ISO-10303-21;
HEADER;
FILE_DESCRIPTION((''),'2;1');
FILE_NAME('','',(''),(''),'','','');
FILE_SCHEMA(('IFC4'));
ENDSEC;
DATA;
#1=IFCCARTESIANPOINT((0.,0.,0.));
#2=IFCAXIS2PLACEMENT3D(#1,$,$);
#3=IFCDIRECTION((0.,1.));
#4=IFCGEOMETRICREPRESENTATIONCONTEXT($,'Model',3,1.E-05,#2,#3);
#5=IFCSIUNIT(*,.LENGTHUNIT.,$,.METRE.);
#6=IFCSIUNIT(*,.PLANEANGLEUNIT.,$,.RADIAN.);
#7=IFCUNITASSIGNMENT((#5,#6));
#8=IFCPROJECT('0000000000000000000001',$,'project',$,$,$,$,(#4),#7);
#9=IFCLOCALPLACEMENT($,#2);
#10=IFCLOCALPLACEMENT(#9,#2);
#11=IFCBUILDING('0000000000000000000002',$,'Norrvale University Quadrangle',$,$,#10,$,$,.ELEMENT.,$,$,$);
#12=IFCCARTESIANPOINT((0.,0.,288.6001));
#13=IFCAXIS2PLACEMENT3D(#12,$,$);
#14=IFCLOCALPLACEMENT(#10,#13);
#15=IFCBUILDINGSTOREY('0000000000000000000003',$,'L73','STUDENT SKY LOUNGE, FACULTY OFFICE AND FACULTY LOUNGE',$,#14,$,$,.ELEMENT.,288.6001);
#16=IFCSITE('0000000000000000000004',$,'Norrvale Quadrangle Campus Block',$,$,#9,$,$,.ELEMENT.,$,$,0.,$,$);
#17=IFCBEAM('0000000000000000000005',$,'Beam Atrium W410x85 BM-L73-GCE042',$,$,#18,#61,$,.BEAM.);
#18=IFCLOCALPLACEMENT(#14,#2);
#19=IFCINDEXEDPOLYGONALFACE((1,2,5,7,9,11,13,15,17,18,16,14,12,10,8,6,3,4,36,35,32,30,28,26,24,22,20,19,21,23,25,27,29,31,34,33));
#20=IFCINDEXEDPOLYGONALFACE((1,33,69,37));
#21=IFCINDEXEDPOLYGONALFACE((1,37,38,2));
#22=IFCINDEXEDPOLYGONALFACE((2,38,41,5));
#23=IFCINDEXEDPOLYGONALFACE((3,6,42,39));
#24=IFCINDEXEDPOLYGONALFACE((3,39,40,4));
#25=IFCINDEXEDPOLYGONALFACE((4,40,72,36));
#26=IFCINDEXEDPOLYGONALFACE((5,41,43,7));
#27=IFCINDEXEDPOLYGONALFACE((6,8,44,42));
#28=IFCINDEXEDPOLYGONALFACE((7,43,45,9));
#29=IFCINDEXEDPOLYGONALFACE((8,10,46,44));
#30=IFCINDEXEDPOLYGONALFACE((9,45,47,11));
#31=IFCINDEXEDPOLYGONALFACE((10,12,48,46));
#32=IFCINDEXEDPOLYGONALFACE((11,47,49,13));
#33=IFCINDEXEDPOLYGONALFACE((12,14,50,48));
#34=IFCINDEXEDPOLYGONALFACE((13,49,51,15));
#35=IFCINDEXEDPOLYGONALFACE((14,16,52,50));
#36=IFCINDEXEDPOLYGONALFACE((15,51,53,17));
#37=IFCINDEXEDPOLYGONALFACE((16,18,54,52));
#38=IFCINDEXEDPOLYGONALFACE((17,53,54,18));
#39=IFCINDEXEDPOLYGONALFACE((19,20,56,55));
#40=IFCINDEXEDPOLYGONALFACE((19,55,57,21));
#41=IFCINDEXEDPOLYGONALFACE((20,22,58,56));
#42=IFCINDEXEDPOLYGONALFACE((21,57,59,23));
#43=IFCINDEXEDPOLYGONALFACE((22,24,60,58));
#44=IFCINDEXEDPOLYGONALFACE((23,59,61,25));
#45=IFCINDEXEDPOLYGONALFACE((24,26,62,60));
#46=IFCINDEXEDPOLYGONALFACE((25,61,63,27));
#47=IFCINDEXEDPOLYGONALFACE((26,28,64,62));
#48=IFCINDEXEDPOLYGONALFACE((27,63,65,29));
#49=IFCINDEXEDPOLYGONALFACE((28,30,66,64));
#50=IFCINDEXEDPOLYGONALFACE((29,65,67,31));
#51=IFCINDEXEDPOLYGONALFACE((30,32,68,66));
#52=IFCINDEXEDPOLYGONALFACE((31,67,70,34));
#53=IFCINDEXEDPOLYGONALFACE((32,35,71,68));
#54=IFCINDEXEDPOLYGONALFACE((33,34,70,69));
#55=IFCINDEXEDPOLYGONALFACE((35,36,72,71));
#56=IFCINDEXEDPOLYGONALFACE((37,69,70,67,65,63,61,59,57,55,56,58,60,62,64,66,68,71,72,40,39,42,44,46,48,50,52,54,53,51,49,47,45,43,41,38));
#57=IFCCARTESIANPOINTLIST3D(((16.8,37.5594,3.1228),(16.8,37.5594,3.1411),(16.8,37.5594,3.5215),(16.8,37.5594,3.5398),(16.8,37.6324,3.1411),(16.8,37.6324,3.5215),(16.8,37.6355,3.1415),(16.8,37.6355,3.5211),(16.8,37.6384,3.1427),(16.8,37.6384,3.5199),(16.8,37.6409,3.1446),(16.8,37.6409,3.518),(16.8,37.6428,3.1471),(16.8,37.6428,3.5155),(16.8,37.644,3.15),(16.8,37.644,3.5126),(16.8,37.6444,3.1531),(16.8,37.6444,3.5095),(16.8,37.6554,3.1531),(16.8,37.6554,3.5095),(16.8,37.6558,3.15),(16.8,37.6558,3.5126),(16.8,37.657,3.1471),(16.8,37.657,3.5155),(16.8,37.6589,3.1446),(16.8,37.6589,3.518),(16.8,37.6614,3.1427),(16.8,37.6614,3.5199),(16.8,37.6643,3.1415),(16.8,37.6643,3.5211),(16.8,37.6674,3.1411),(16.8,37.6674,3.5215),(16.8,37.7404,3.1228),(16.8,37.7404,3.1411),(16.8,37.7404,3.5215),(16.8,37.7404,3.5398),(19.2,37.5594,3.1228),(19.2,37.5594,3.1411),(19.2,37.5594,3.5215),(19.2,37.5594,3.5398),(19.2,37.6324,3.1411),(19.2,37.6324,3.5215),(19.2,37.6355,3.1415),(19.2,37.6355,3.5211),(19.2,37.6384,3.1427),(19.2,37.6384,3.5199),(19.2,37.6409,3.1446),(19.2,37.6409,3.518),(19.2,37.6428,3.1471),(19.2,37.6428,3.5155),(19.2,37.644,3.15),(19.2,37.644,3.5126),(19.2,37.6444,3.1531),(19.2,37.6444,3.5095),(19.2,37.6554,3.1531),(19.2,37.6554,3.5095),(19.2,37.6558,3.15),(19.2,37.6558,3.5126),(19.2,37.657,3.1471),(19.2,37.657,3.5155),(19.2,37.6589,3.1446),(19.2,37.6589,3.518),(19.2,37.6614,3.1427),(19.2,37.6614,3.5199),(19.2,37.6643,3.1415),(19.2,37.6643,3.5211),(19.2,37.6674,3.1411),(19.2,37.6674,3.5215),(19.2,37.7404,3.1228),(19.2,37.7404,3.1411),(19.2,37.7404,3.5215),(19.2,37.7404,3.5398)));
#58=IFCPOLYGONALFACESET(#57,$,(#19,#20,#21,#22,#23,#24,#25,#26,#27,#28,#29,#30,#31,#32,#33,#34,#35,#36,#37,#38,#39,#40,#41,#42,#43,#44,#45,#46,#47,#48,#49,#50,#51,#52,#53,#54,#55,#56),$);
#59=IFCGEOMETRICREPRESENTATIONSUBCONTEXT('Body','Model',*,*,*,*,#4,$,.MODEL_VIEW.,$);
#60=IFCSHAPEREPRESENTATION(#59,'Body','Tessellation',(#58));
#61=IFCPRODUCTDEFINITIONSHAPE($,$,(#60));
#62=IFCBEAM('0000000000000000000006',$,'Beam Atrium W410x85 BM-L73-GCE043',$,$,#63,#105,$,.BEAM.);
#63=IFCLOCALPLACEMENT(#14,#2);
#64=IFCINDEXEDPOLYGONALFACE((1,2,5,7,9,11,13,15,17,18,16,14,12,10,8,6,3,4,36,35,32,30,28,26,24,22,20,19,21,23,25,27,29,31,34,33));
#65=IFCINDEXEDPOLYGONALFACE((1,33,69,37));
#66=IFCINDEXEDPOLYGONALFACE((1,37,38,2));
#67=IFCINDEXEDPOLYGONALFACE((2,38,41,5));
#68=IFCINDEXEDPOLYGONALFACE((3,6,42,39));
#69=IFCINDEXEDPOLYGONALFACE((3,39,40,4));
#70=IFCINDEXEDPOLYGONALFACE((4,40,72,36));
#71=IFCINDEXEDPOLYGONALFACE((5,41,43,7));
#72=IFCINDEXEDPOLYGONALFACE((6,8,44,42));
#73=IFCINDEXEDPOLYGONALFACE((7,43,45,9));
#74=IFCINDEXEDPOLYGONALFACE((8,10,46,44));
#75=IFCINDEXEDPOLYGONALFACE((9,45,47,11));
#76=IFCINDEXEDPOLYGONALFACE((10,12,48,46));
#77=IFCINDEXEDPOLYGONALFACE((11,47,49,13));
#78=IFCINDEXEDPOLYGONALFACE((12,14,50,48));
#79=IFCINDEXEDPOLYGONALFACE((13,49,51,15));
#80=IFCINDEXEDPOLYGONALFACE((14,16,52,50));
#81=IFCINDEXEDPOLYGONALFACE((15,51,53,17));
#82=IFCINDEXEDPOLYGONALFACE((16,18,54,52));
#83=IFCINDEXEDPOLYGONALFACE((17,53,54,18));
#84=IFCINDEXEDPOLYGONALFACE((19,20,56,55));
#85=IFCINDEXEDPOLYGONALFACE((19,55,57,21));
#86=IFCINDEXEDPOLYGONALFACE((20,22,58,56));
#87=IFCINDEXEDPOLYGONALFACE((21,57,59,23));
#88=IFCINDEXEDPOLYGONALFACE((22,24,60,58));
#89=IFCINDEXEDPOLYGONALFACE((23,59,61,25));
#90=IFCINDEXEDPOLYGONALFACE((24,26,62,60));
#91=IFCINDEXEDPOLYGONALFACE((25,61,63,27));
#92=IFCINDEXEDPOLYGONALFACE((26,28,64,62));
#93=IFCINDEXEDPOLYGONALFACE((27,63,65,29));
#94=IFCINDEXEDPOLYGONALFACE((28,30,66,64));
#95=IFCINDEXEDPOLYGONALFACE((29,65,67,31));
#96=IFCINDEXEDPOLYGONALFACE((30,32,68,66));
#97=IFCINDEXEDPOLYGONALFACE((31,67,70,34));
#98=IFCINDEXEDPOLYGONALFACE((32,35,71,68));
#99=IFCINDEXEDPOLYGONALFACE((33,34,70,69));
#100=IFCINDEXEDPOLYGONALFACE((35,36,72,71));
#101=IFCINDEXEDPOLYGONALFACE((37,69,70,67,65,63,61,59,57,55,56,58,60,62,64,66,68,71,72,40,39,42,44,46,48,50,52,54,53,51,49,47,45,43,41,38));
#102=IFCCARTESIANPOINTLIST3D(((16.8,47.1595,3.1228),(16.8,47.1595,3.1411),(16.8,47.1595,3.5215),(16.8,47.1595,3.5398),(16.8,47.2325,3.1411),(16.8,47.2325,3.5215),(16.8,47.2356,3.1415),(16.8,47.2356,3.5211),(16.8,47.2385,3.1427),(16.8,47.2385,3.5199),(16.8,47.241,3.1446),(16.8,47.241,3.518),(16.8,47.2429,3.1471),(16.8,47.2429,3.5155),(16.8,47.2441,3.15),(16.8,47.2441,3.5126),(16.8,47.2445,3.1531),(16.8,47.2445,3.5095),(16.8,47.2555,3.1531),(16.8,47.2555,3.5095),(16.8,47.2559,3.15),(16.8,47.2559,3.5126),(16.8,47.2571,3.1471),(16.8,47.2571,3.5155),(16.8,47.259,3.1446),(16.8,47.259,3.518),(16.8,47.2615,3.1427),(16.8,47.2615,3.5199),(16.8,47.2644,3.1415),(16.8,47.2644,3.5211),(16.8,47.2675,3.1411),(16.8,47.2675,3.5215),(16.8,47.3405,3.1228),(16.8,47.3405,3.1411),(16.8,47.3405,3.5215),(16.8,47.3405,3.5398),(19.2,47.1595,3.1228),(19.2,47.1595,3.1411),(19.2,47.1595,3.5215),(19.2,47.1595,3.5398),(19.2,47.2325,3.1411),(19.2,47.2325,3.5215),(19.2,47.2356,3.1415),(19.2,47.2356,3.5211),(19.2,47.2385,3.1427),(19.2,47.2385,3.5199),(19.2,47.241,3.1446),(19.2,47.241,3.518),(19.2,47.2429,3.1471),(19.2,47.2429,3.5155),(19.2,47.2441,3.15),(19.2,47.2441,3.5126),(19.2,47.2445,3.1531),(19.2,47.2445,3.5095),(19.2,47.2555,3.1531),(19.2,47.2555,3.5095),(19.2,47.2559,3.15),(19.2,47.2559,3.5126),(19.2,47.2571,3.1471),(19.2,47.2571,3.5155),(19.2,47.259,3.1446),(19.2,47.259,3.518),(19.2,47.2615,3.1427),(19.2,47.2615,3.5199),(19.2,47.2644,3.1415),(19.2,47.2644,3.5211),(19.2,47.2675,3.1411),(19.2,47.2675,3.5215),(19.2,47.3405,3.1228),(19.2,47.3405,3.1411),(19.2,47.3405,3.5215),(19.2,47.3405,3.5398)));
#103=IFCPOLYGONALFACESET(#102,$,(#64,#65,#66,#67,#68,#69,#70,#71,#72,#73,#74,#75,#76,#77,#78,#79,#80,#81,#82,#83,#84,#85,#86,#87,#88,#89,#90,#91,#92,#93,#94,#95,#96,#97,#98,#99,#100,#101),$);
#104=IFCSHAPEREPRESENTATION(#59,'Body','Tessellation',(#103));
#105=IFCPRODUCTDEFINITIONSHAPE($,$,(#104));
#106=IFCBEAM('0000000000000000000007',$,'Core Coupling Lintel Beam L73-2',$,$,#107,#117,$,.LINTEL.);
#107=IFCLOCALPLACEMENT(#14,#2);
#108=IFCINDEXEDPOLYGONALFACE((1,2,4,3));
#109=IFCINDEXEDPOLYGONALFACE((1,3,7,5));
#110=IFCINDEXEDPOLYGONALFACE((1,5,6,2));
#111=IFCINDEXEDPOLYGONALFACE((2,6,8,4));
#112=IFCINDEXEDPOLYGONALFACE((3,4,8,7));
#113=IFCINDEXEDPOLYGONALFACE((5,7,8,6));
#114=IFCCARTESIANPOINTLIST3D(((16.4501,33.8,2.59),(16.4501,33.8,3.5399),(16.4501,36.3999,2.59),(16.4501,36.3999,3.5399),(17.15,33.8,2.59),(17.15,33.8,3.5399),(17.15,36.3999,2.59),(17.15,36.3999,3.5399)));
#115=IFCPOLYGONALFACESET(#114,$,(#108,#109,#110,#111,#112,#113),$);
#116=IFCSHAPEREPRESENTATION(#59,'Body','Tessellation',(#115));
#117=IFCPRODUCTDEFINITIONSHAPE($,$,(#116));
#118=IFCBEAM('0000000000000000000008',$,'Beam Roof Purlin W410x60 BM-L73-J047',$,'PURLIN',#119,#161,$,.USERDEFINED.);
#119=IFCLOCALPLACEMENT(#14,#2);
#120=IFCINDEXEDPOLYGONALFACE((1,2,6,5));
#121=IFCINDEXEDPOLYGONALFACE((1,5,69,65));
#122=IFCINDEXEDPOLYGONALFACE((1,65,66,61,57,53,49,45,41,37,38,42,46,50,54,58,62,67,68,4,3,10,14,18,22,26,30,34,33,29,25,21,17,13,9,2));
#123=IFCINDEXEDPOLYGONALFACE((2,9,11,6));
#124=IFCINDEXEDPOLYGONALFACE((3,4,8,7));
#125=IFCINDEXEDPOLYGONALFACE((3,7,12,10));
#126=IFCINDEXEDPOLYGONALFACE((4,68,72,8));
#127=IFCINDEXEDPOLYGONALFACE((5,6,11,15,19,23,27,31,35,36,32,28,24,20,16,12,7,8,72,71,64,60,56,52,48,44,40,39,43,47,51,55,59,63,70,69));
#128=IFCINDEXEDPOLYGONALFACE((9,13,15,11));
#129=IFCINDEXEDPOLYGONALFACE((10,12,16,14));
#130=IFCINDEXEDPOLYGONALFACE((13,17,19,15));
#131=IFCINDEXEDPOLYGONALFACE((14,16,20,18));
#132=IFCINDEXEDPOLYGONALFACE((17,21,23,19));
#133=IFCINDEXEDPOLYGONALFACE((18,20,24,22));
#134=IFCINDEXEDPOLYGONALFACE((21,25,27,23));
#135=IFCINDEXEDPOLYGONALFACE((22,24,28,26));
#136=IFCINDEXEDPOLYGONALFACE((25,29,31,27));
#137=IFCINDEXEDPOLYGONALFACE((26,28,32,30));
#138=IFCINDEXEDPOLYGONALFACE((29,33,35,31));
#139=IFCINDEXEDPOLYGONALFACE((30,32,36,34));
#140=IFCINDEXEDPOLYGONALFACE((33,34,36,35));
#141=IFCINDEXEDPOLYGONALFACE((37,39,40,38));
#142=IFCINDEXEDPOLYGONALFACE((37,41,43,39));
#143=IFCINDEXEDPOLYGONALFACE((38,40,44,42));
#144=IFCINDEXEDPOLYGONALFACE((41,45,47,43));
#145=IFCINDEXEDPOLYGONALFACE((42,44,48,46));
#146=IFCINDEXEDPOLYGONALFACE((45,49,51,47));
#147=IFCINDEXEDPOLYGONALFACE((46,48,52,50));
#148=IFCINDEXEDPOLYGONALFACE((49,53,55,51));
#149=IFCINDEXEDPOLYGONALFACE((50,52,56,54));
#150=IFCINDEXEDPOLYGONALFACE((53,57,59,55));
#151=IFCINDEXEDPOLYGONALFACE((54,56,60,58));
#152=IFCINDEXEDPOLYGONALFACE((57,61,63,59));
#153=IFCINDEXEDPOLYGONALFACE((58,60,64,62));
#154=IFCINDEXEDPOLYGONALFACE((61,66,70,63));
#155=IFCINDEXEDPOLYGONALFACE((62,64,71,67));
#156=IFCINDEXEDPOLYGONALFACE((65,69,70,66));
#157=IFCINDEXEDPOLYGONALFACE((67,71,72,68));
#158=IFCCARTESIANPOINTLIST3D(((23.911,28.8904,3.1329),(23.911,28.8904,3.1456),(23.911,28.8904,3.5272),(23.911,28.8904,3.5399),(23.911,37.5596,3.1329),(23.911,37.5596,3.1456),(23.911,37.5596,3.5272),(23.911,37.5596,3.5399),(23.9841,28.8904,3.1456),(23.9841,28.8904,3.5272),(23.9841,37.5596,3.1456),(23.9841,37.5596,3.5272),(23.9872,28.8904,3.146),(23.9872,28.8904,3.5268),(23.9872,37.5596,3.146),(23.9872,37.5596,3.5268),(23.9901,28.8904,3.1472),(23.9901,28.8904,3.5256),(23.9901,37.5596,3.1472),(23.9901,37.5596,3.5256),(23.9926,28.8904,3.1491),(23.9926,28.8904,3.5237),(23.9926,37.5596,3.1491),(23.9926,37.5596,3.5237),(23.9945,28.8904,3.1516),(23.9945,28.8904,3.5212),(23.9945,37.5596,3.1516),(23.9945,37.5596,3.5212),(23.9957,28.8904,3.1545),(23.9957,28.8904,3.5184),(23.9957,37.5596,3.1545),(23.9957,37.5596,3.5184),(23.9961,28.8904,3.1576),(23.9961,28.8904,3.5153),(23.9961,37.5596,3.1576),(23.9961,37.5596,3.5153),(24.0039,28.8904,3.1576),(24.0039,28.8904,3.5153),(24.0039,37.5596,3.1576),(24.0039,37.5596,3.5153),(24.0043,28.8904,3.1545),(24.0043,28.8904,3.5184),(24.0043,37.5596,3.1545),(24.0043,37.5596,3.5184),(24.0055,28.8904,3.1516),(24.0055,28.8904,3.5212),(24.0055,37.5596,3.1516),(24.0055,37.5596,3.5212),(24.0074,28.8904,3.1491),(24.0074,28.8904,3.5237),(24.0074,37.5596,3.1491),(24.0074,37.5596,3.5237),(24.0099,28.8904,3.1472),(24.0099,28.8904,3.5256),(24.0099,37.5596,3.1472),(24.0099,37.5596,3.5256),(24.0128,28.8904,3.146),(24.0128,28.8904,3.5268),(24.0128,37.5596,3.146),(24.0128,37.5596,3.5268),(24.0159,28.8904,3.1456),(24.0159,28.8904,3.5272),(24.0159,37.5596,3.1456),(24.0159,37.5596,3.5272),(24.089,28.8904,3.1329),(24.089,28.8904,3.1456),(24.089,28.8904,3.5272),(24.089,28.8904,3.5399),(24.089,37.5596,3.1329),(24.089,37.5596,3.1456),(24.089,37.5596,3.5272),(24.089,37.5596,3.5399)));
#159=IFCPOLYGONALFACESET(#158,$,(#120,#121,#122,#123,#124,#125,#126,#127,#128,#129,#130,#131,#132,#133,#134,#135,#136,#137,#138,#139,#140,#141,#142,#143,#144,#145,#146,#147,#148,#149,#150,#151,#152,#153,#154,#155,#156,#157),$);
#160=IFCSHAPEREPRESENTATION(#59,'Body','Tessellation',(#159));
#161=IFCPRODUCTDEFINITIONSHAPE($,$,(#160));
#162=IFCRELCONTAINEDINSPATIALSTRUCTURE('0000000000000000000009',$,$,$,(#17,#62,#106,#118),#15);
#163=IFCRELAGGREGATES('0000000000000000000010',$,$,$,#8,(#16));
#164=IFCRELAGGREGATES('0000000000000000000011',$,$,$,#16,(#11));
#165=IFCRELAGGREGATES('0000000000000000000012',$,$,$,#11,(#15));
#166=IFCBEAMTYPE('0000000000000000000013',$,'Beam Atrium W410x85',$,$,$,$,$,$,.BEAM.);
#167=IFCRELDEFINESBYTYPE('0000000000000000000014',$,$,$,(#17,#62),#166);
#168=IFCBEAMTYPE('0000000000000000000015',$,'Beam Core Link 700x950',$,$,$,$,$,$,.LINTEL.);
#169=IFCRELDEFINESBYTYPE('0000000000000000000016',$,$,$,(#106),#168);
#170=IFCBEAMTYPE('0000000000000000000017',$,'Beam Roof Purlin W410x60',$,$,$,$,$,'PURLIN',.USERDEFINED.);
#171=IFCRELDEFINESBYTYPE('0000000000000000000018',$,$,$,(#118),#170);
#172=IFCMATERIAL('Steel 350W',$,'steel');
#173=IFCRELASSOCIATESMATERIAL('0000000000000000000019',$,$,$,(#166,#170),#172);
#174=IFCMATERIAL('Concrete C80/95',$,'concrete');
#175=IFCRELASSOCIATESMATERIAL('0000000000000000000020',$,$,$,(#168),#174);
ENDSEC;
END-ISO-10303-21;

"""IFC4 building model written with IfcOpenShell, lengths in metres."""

from ifc_helpers import new_model, si_unit, direction, frame, origin, origin_2d, place, context, subcontext, project, spatial, rectangle, i_section, extrude, material, material_profile, profile_set, type_object, element, save


model = new_model("IFC4")

# Units and contexts
model_context = context("Model", 3, precision=1e-05, world=origin(), true_north=direction((0.0, 1.0)))
body_context = subcontext(model_context, "Body", "Model", "MODEL_VIEW")
ifc_project = project(units=[si_unit("LENGTHUNIT", "METRE"), si_unit("PLANEANGLEUNIT", "RADIAN")], contexts=[model_context])

# Site, building, storey
site_placement = place(None, origin())
site = spatial("IfcSite", under=ifc_project, at=site_placement, Name="Norrvale Quadrangle Campus Block", CompositionType="ELEMENT", RefElevation=0.0)
building_placement = place(site_placement, origin())
building = spatial("IfcBuilding", under=site, at=building_placement, Name="Norrvale University Quadrangle", CompositionType="ELEMENT")
storey_placement = place(building_placement, frame((0.0, 0.0, 288.6001)))
storey = spatial("IfcBuildingStorey", under=building, at=storey_placement, Name="L73", Description="STUDENT SKY LOUNGE, FACULTY OFFICE AND FACULTY LOUNGE", CompositionType="ELEMENT", Elevation=288.6001)

# Beams
ifc_material_1 = material(Name="Steel 350W", Category="steel")
ifc_material_profile_1 = material_profile(ifc_material_1, i_section(OverallWidth=0.1809, OverallDepth=0.417, WebThickness=0.011, FlangeThickness=0.0183, FilletRadius=0.012, at=origin_2d()), Name="Steel 350W")
ifc_profile_set_1 = profile_set([ifc_material_profile_1], Name="Steel 350W")
beam_type_1 = type_object("IfcBeamType", Name="Beam Atrium W410x85", PredefinedType="BEAM", material=ifc_profile_set_1)
for number, where, z_axis, x_axis, name in (
    (1, (16.8, 37.6499, 3.3313), (1.0, 0.0, 0.0), (0.0, 1.0, 0.0), "Beam Atrium W410x85 BM-L73-GCE042"),
    (2, (16.8, 47.25, 3.3313), (1.0, 0.0, 0.0), (0.0, 1.0, 0.0), "Beam Atrium W410x85 BM-L73-GCE043"),
):
    element("IfcBeam", number, at=place(storey_placement, frame(where, z_axis=z_axis, x_axis=x_axis)), inside=storey, type_object=beam_type_1, Name=name, PredefinedType="BEAM", context=body_context, shape_type="SweptSolid", body=[
        extrude(i_section(OverallWidth=0.1809, OverallDepth=0.417, WebThickness=0.011, FlangeThickness=0.0183, FilletRadius=0.012, at=origin_2d()), origin(), (0.0, 0.0, 1.0), 2.3999),
    ])
ifc_material_2 = material(Name="Concrete C80/95", Category="concrete")
ifc_material_profile_2 = material_profile(ifc_material_2, rectangle(XDim=0.7, YDim=0.95, at=origin_2d()), Name="Concrete C80/95")
ifc_profile_set_2 = profile_set([ifc_material_profile_2], Name="Concrete C80/95")
beam_type_2 = type_object("IfcBeamType", Name="Beam Core Link 700x950", PredefinedType="LINTEL", material=ifc_profile_set_2)
beam_1_placement = place(storey_placement, frame((16.8, 33.8, 3.0649), z_axis=(0.0, 1.0, 0.0), x_axis=(-1.0, 0.0, 0.0)))
element("IfcBeam", 3, at=beam_1_placement, inside=storey, type_object=beam_type_2, Name="Core Coupling Lintel Beam L73-2", PredefinedType="LINTEL", context=body_context, shape_type="SweptSolid", body=[
    extrude(rectangle(XDim=0.7, YDim=0.95, at=origin_2d()), origin(), (0.0, 0.0, 1.0), 2.5999),
])
ifc_material_profile_3 = material_profile(ifc_material_1, i_section(OverallWidth=0.178, OverallDepth=0.407, WebThickness=0.0078, FlangeThickness=0.0127, FilletRadius=0.012, at=origin_2d()), Name="Steel 350W")
ifc_profile_set_3 = profile_set([ifc_material_profile_3], Name="Steel 350W")
beam_type_3 = type_object("IfcBeamType", Name="Beam Roof Purlin W410x60", ElementType="PURLIN", PredefinedType="USERDEFINED", material=ifc_profile_set_3)
beam_2_placement = place(storey_placement, frame((24.0, 28.8904, 3.3364), z_axis=(0.0, 1.0, 0.0), x_axis=(-1.0, 0.0, 0.0)))
element("IfcBeam", 4, at=beam_2_placement, inside=storey, type_object=beam_type_3, Name="Beam Roof Purlin W410x60 BM-L73-J047", ObjectType="PURLIN", PredefinedType="USERDEFINED", context=body_context, shape_type="SweptSolid", body=[
    extrude(i_section(OverallWidth=0.178, OverallDepth=0.407, WebThickness=0.0078, FlangeThickness=0.0127, FilletRadius=0.012, at=origin_2d()), origin(), (0.0, 0.0, 1.0), 8.6692),
])

save(model, "model.ifc")
